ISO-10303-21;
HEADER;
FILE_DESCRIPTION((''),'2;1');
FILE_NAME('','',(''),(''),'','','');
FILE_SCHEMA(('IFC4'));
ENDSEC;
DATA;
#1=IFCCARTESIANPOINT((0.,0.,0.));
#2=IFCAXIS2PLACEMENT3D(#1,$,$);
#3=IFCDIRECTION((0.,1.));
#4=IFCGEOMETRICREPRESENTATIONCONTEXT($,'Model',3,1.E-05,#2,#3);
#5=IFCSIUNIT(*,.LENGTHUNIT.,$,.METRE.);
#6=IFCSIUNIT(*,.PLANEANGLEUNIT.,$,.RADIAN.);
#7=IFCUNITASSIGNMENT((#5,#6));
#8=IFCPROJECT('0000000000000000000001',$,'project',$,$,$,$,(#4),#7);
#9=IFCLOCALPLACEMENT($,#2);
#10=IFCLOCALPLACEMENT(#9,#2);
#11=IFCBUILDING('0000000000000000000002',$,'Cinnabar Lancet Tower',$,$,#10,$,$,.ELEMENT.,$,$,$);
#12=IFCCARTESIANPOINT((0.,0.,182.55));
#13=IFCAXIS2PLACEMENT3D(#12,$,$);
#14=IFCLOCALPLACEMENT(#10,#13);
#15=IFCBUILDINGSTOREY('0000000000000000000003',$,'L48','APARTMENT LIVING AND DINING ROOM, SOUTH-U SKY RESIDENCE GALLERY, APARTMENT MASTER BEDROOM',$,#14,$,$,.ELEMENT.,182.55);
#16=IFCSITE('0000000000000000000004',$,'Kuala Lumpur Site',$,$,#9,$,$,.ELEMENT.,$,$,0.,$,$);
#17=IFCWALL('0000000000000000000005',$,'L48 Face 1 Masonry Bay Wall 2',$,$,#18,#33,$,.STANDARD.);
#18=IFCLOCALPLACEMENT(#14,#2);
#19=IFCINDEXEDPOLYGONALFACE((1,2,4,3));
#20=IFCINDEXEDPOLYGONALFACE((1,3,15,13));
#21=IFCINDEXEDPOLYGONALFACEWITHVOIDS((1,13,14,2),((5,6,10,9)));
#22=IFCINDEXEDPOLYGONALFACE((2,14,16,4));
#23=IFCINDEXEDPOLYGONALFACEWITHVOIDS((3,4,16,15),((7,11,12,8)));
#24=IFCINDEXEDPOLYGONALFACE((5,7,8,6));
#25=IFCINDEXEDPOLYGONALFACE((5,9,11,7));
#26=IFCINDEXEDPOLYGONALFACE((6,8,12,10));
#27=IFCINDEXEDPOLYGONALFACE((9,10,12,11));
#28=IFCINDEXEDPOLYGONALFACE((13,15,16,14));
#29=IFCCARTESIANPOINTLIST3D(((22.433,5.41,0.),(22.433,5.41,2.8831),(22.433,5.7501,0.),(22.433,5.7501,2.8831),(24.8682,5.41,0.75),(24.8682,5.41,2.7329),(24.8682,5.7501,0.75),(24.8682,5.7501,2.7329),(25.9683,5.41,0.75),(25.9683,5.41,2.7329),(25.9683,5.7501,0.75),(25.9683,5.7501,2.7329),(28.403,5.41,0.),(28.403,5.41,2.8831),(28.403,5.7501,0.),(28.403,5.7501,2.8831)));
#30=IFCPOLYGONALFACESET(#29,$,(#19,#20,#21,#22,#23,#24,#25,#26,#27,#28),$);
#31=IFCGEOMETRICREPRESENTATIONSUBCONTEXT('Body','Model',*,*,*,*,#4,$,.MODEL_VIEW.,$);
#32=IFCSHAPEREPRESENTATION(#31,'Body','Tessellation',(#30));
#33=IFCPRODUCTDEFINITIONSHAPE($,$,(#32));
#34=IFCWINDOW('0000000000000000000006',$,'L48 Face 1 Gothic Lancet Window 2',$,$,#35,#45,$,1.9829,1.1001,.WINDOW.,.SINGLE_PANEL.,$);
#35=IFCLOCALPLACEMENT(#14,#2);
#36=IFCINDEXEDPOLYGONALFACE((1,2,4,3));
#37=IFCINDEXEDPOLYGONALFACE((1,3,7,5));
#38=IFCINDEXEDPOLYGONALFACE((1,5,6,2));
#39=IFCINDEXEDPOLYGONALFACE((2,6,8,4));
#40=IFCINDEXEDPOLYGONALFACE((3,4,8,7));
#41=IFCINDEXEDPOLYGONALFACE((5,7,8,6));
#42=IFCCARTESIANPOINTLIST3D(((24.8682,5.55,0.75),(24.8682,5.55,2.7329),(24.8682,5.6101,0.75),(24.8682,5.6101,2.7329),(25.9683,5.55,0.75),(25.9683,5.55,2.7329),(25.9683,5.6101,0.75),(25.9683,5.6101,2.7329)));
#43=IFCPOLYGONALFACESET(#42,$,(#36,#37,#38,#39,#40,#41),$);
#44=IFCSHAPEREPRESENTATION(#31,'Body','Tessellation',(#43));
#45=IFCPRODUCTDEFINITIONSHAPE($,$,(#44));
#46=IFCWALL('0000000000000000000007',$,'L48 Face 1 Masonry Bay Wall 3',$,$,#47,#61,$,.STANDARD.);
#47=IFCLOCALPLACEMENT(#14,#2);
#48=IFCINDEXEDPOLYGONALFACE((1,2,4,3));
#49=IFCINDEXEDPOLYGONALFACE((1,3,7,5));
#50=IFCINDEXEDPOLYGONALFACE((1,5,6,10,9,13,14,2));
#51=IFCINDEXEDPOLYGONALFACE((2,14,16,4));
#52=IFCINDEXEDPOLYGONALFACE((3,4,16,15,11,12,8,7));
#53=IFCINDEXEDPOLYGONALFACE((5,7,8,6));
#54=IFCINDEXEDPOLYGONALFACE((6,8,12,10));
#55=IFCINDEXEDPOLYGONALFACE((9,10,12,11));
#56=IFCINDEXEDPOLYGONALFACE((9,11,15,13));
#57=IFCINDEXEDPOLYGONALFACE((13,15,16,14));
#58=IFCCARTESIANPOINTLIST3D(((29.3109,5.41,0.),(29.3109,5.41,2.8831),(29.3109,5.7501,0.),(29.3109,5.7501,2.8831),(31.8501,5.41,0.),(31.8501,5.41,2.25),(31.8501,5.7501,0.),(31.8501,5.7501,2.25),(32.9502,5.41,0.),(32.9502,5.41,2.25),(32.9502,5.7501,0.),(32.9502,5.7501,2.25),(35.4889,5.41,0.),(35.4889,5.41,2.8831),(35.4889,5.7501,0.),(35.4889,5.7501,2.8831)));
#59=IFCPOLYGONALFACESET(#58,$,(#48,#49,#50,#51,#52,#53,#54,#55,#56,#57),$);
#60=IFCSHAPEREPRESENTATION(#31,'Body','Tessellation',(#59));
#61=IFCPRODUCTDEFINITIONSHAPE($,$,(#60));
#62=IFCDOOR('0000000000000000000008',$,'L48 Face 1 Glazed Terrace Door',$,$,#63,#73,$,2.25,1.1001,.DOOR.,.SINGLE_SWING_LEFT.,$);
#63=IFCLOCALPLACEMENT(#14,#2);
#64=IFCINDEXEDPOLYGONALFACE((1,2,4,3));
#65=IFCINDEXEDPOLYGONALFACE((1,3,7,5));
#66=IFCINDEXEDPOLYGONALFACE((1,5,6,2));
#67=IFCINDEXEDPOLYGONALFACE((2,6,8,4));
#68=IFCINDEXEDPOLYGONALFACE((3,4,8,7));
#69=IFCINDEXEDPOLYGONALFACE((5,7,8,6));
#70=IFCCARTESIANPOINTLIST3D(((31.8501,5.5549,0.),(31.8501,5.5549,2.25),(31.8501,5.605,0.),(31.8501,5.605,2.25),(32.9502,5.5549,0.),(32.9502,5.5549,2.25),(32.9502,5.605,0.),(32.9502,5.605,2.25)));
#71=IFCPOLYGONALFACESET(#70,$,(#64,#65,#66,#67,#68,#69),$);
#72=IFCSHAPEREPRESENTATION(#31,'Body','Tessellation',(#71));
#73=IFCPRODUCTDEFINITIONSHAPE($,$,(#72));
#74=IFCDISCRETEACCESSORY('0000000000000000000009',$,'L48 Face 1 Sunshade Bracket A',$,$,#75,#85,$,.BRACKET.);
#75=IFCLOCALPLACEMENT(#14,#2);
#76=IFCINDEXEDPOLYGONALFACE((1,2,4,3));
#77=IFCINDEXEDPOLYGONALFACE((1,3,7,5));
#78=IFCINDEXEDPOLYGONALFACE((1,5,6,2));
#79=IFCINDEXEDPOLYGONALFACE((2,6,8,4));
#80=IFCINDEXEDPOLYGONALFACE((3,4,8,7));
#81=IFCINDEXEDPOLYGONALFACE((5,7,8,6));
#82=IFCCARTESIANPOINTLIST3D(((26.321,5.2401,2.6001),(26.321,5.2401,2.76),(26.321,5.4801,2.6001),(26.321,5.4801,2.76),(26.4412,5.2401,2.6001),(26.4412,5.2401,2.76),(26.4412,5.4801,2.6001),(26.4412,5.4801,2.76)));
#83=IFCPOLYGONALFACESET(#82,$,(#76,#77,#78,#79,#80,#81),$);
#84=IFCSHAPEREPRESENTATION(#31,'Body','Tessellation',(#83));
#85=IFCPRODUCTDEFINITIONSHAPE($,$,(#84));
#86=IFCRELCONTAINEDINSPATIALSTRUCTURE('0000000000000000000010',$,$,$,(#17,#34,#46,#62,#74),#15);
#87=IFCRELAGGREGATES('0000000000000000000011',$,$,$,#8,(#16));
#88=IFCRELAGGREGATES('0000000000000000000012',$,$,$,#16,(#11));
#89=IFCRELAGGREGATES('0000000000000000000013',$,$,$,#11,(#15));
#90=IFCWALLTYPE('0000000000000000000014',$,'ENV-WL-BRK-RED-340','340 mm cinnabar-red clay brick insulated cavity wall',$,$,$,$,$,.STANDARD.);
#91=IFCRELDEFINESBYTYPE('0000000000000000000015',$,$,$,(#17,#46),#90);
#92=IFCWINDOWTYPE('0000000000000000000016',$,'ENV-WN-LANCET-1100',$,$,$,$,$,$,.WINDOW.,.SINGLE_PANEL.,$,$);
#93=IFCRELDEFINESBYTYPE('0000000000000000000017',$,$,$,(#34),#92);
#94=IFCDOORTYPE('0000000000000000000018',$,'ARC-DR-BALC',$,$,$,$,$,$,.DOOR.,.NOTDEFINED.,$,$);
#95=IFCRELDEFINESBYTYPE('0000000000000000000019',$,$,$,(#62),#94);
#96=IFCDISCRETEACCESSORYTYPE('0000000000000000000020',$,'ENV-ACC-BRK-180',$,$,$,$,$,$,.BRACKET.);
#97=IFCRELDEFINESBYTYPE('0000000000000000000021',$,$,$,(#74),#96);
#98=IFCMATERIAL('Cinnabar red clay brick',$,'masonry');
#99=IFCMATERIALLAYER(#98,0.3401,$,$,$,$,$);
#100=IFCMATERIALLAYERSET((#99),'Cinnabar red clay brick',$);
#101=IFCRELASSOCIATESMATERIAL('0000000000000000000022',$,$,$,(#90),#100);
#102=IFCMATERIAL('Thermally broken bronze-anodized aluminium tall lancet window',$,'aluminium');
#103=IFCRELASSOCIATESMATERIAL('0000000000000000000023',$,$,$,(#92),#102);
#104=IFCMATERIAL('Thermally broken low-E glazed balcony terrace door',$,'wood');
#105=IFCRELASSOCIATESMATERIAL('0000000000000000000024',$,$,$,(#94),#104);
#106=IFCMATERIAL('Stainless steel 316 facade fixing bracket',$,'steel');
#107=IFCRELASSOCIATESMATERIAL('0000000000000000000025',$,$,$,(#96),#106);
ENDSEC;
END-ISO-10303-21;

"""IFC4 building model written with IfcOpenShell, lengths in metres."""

from ifc_helpers import new_model, si_unit, direction, frame, frame_2d, origin, origin_2d, place, context, subcontext, project, spatial, rectangle, extrude, material, layer, layer_set, type_object, element, fill, save


model = new_model("IFC4")

# Units and contexts
model_context = context("Model", 3, precision=1e-05, world=origin(), true_north=direction((0.0, 1.0)))
body_context = subcontext(model_context, "Body", "Model", "MODEL_VIEW")
ifc_project = project(units=[si_unit("LENGTHUNIT", "METRE"), si_unit("PLANEANGLEUNIT", "RADIAN")], contexts=[model_context])

# Site, building, storey
site_placement = place(None, origin())
site = spatial("IfcSite", under=ifc_project, at=site_placement, Name="Kuala Lumpur Site", CompositionType="ELEMENT", RefElevation=0.0)
building_placement = place(site_placement, origin())
building = spatial("IfcBuilding", under=site, at=building_placement, Name="Cinnabar Lancet Tower", CompositionType="ELEMENT")
storey_placement = place(building_placement, frame((0.0, 0.0, 182.55)))
storey = spatial("IfcBuildingStorey", under=building, at=storey_placement, Name="L48", Description="APARTMENT LIVING AND DINING ROOM, SOUTH-U SKY RESIDENCE GALLERY, APARTMENT MASTER BEDROOM", CompositionType="ELEMENT", Elevation=182.55)

# Shared definitions
ifc_material_1 = material(Name="Cinnabar red clay brick", Category="masonry")
ifc_layer_1 = layer(ifc_material_1, 0.3401)
ifc_layer_set_1 = layer_set([ifc_layer_1], Name="Cinnabar red clay brick")
wall_type_1 = type_object("IfcWallType", Name="ENV-WL-BRK-RED-340", Description="340 mm cinnabar-red clay brick insulated cavity wall", PredefinedType="STANDARD", material=ifc_layer_set_1)

# Wall, opening, window
wall_1_placement = place(storey_placement, frame((22.4331, 5.5801, 0.0), z_axis=(0.0, 0.0, 1.0), x_axis=(1.0, 0.0, 0.0)))
wall_1 = element("IfcWall", 1, at=wall_1_placement, inside=storey, type_object=wall_type_1, Name="L48 Face 1 Masonry Bay Wall 2", PredefinedType="STANDARD", context=body_context, shape_type="SweptSolid", body=[
    extrude(rectangle(XDim=5.97, YDim=0.3401, at=frame_2d((2.9849, 0.0))), origin(), (0.0, 0.0, 1.0), 2.8831),
])
opening_1_placement = place(wall_1_placement, frame((2.4351, 0.0, 0.75)))
opening_1 = element("IfcOpeningElement", 2, at=opening_1_placement, cuts=wall_1, PredefinedType="OPENING", context=body_context, shape_type="SweptSolid", body=[
    extrude(rectangle(XDim=1.1001, YDim=1.9829, at=frame_2d((0.55, 0.9915))), frame((0.0, 0.1799, 0.0), z_axis=(0.0, -1.0, 0.0), x_axis=(1.0, 0.0, 0.0)), (0.0, 0.0, 1.0), 0.3601),
])
ifc_material_2 = material(Name="Thermally broken bronze-anodized aluminium tall lancet window", Category="aluminium")
window_type = type_object("IfcWindowType", Name="ENV-WN-LANCET-1100", PartitioningType="SINGLE_PANEL", PredefinedType="WINDOW", material=ifc_material_2)
window_placement = place(opening_1_placement, origin())
window = element("IfcWindow", 3, at=window_placement, inside=storey, type_object=window_type, Name="L48 Face 1 Gothic Lancet Window 2", OverallHeight=1.9829, OverallWidth=1.1001, PartitioningType="SINGLE_PANEL", PredefinedType="WINDOW", context=body_context, shape_type="SweptSolid", body=[
    extrude(rectangle(XDim=1.1001, YDim=1.9829, at=frame_2d((0.55, 0.9915))), frame((0.0, 0.03, 0.0), z_axis=(0.0, -1.0, 0.0), x_axis=(1.0, 0.0, 0.0)), (0.0, 0.0, 1.0), 0.0601),
])
fill(opening_1, window)

# Wall, opening, door
wall_2_placement = place(storey_placement, frame((29.311, 5.5801, 0.0), z_axis=(0.0, 0.0, 1.0), x_axis=(1.0, 0.0, 0.0)))
wall_2 = element("IfcWall", 4, at=wall_2_placement, inside=storey, type_object=wall_type_1, Name="L48 Face 1 Masonry Bay Wall 3", PredefinedType="STANDARD", context=body_context, shape_type="SweptSolid", body=[
    extrude(rectangle(XDim=6.178, YDim=0.3401, at=frame_2d((3.0889, 0.0))), origin(), (0.0, 0.0, 1.0), 2.8831),
])
opening_2_placement = place(wall_2_placement, frame((2.5391, 0.0, 0.0)))
opening_2 = element("IfcOpeningElement", 5, at=opening_2_placement, cuts=wall_2, PredefinedType="OPENING", context=body_context, shape_type="SweptSolid", body=[
    extrude(rectangle(XDim=1.1001, YDim=2.25, at=frame_2d((0.55, 1.125))), frame((0.0, 0.1799, 0.0), z_axis=(0.0, -1.0, 0.0), x_axis=(1.0, 0.0, 0.0)), (0.0, 0.0, 1.0), 0.3601),
])
ifc_material_3 = material(Name="Thermally broken low-E glazed balcony terrace door", Category="wood")
door_type_1 = type_object("IfcDoorType", Name="ARC-DR-BALC", OperationType="NOTDEFINED", PredefinedType="DOOR", material=ifc_material_3)
door_1_placement = place(opening_2_placement, origin())
door_1 = element("IfcDoor", 6, at=door_1_placement, inside=storey, type_object=door_type_1, Name="L48 Face 1 Glazed Terrace Door", OperationType="SINGLE_SWING_LEFT", OverallHeight=2.25, OverallWidth=1.1001, PredefinedType="DOOR", context=body_context, shape_type="SweptSolid", body=[
    extrude(rectangle(XDim=1.1001, YDim=2.25, at=frame_2d((0.55, 1.125))), frame((0.0, 0.0249, 0.0), z_axis=(0.0, -1.0, 0.0), x_axis=(1.0, 0.0, 0.0)), (0.0, 0.0, 1.0), 0.05),
])
fill(opening_2, door_1)

# Discrete accessory
ifc_material_4 = material(Name="Stainless steel 316 facade fixing bracket", Category="steel")
discrete_accessory_type = type_object("IfcDiscreteAccessoryType", Name="ENV-ACC-BRK-180", PredefinedType="BRACKET", material=ifc_material_4)
discrete_accessory_placement = place(storey_placement, frame((26.3811, 5.3601, 2.6001), z_axis=(0.0, 0.0, 1.0), x_axis=(1.0, 0.0, 0.0)))
element("IfcDiscreteAccessory", 7, at=discrete_accessory_placement, inside=storey, type_object=discrete_accessory_type, Name="L48 Face 1 Sunshade Bracket A", PredefinedType="BRACKET", context=body_context, shape_type="SweptSolid", body=[
    extrude(rectangle(XDim=0.1201, YDim=0.24, at=origin_2d()), origin(), (0.0, 0.0, 1.0), 0.1599),
])

save(model, "model.ifc")
